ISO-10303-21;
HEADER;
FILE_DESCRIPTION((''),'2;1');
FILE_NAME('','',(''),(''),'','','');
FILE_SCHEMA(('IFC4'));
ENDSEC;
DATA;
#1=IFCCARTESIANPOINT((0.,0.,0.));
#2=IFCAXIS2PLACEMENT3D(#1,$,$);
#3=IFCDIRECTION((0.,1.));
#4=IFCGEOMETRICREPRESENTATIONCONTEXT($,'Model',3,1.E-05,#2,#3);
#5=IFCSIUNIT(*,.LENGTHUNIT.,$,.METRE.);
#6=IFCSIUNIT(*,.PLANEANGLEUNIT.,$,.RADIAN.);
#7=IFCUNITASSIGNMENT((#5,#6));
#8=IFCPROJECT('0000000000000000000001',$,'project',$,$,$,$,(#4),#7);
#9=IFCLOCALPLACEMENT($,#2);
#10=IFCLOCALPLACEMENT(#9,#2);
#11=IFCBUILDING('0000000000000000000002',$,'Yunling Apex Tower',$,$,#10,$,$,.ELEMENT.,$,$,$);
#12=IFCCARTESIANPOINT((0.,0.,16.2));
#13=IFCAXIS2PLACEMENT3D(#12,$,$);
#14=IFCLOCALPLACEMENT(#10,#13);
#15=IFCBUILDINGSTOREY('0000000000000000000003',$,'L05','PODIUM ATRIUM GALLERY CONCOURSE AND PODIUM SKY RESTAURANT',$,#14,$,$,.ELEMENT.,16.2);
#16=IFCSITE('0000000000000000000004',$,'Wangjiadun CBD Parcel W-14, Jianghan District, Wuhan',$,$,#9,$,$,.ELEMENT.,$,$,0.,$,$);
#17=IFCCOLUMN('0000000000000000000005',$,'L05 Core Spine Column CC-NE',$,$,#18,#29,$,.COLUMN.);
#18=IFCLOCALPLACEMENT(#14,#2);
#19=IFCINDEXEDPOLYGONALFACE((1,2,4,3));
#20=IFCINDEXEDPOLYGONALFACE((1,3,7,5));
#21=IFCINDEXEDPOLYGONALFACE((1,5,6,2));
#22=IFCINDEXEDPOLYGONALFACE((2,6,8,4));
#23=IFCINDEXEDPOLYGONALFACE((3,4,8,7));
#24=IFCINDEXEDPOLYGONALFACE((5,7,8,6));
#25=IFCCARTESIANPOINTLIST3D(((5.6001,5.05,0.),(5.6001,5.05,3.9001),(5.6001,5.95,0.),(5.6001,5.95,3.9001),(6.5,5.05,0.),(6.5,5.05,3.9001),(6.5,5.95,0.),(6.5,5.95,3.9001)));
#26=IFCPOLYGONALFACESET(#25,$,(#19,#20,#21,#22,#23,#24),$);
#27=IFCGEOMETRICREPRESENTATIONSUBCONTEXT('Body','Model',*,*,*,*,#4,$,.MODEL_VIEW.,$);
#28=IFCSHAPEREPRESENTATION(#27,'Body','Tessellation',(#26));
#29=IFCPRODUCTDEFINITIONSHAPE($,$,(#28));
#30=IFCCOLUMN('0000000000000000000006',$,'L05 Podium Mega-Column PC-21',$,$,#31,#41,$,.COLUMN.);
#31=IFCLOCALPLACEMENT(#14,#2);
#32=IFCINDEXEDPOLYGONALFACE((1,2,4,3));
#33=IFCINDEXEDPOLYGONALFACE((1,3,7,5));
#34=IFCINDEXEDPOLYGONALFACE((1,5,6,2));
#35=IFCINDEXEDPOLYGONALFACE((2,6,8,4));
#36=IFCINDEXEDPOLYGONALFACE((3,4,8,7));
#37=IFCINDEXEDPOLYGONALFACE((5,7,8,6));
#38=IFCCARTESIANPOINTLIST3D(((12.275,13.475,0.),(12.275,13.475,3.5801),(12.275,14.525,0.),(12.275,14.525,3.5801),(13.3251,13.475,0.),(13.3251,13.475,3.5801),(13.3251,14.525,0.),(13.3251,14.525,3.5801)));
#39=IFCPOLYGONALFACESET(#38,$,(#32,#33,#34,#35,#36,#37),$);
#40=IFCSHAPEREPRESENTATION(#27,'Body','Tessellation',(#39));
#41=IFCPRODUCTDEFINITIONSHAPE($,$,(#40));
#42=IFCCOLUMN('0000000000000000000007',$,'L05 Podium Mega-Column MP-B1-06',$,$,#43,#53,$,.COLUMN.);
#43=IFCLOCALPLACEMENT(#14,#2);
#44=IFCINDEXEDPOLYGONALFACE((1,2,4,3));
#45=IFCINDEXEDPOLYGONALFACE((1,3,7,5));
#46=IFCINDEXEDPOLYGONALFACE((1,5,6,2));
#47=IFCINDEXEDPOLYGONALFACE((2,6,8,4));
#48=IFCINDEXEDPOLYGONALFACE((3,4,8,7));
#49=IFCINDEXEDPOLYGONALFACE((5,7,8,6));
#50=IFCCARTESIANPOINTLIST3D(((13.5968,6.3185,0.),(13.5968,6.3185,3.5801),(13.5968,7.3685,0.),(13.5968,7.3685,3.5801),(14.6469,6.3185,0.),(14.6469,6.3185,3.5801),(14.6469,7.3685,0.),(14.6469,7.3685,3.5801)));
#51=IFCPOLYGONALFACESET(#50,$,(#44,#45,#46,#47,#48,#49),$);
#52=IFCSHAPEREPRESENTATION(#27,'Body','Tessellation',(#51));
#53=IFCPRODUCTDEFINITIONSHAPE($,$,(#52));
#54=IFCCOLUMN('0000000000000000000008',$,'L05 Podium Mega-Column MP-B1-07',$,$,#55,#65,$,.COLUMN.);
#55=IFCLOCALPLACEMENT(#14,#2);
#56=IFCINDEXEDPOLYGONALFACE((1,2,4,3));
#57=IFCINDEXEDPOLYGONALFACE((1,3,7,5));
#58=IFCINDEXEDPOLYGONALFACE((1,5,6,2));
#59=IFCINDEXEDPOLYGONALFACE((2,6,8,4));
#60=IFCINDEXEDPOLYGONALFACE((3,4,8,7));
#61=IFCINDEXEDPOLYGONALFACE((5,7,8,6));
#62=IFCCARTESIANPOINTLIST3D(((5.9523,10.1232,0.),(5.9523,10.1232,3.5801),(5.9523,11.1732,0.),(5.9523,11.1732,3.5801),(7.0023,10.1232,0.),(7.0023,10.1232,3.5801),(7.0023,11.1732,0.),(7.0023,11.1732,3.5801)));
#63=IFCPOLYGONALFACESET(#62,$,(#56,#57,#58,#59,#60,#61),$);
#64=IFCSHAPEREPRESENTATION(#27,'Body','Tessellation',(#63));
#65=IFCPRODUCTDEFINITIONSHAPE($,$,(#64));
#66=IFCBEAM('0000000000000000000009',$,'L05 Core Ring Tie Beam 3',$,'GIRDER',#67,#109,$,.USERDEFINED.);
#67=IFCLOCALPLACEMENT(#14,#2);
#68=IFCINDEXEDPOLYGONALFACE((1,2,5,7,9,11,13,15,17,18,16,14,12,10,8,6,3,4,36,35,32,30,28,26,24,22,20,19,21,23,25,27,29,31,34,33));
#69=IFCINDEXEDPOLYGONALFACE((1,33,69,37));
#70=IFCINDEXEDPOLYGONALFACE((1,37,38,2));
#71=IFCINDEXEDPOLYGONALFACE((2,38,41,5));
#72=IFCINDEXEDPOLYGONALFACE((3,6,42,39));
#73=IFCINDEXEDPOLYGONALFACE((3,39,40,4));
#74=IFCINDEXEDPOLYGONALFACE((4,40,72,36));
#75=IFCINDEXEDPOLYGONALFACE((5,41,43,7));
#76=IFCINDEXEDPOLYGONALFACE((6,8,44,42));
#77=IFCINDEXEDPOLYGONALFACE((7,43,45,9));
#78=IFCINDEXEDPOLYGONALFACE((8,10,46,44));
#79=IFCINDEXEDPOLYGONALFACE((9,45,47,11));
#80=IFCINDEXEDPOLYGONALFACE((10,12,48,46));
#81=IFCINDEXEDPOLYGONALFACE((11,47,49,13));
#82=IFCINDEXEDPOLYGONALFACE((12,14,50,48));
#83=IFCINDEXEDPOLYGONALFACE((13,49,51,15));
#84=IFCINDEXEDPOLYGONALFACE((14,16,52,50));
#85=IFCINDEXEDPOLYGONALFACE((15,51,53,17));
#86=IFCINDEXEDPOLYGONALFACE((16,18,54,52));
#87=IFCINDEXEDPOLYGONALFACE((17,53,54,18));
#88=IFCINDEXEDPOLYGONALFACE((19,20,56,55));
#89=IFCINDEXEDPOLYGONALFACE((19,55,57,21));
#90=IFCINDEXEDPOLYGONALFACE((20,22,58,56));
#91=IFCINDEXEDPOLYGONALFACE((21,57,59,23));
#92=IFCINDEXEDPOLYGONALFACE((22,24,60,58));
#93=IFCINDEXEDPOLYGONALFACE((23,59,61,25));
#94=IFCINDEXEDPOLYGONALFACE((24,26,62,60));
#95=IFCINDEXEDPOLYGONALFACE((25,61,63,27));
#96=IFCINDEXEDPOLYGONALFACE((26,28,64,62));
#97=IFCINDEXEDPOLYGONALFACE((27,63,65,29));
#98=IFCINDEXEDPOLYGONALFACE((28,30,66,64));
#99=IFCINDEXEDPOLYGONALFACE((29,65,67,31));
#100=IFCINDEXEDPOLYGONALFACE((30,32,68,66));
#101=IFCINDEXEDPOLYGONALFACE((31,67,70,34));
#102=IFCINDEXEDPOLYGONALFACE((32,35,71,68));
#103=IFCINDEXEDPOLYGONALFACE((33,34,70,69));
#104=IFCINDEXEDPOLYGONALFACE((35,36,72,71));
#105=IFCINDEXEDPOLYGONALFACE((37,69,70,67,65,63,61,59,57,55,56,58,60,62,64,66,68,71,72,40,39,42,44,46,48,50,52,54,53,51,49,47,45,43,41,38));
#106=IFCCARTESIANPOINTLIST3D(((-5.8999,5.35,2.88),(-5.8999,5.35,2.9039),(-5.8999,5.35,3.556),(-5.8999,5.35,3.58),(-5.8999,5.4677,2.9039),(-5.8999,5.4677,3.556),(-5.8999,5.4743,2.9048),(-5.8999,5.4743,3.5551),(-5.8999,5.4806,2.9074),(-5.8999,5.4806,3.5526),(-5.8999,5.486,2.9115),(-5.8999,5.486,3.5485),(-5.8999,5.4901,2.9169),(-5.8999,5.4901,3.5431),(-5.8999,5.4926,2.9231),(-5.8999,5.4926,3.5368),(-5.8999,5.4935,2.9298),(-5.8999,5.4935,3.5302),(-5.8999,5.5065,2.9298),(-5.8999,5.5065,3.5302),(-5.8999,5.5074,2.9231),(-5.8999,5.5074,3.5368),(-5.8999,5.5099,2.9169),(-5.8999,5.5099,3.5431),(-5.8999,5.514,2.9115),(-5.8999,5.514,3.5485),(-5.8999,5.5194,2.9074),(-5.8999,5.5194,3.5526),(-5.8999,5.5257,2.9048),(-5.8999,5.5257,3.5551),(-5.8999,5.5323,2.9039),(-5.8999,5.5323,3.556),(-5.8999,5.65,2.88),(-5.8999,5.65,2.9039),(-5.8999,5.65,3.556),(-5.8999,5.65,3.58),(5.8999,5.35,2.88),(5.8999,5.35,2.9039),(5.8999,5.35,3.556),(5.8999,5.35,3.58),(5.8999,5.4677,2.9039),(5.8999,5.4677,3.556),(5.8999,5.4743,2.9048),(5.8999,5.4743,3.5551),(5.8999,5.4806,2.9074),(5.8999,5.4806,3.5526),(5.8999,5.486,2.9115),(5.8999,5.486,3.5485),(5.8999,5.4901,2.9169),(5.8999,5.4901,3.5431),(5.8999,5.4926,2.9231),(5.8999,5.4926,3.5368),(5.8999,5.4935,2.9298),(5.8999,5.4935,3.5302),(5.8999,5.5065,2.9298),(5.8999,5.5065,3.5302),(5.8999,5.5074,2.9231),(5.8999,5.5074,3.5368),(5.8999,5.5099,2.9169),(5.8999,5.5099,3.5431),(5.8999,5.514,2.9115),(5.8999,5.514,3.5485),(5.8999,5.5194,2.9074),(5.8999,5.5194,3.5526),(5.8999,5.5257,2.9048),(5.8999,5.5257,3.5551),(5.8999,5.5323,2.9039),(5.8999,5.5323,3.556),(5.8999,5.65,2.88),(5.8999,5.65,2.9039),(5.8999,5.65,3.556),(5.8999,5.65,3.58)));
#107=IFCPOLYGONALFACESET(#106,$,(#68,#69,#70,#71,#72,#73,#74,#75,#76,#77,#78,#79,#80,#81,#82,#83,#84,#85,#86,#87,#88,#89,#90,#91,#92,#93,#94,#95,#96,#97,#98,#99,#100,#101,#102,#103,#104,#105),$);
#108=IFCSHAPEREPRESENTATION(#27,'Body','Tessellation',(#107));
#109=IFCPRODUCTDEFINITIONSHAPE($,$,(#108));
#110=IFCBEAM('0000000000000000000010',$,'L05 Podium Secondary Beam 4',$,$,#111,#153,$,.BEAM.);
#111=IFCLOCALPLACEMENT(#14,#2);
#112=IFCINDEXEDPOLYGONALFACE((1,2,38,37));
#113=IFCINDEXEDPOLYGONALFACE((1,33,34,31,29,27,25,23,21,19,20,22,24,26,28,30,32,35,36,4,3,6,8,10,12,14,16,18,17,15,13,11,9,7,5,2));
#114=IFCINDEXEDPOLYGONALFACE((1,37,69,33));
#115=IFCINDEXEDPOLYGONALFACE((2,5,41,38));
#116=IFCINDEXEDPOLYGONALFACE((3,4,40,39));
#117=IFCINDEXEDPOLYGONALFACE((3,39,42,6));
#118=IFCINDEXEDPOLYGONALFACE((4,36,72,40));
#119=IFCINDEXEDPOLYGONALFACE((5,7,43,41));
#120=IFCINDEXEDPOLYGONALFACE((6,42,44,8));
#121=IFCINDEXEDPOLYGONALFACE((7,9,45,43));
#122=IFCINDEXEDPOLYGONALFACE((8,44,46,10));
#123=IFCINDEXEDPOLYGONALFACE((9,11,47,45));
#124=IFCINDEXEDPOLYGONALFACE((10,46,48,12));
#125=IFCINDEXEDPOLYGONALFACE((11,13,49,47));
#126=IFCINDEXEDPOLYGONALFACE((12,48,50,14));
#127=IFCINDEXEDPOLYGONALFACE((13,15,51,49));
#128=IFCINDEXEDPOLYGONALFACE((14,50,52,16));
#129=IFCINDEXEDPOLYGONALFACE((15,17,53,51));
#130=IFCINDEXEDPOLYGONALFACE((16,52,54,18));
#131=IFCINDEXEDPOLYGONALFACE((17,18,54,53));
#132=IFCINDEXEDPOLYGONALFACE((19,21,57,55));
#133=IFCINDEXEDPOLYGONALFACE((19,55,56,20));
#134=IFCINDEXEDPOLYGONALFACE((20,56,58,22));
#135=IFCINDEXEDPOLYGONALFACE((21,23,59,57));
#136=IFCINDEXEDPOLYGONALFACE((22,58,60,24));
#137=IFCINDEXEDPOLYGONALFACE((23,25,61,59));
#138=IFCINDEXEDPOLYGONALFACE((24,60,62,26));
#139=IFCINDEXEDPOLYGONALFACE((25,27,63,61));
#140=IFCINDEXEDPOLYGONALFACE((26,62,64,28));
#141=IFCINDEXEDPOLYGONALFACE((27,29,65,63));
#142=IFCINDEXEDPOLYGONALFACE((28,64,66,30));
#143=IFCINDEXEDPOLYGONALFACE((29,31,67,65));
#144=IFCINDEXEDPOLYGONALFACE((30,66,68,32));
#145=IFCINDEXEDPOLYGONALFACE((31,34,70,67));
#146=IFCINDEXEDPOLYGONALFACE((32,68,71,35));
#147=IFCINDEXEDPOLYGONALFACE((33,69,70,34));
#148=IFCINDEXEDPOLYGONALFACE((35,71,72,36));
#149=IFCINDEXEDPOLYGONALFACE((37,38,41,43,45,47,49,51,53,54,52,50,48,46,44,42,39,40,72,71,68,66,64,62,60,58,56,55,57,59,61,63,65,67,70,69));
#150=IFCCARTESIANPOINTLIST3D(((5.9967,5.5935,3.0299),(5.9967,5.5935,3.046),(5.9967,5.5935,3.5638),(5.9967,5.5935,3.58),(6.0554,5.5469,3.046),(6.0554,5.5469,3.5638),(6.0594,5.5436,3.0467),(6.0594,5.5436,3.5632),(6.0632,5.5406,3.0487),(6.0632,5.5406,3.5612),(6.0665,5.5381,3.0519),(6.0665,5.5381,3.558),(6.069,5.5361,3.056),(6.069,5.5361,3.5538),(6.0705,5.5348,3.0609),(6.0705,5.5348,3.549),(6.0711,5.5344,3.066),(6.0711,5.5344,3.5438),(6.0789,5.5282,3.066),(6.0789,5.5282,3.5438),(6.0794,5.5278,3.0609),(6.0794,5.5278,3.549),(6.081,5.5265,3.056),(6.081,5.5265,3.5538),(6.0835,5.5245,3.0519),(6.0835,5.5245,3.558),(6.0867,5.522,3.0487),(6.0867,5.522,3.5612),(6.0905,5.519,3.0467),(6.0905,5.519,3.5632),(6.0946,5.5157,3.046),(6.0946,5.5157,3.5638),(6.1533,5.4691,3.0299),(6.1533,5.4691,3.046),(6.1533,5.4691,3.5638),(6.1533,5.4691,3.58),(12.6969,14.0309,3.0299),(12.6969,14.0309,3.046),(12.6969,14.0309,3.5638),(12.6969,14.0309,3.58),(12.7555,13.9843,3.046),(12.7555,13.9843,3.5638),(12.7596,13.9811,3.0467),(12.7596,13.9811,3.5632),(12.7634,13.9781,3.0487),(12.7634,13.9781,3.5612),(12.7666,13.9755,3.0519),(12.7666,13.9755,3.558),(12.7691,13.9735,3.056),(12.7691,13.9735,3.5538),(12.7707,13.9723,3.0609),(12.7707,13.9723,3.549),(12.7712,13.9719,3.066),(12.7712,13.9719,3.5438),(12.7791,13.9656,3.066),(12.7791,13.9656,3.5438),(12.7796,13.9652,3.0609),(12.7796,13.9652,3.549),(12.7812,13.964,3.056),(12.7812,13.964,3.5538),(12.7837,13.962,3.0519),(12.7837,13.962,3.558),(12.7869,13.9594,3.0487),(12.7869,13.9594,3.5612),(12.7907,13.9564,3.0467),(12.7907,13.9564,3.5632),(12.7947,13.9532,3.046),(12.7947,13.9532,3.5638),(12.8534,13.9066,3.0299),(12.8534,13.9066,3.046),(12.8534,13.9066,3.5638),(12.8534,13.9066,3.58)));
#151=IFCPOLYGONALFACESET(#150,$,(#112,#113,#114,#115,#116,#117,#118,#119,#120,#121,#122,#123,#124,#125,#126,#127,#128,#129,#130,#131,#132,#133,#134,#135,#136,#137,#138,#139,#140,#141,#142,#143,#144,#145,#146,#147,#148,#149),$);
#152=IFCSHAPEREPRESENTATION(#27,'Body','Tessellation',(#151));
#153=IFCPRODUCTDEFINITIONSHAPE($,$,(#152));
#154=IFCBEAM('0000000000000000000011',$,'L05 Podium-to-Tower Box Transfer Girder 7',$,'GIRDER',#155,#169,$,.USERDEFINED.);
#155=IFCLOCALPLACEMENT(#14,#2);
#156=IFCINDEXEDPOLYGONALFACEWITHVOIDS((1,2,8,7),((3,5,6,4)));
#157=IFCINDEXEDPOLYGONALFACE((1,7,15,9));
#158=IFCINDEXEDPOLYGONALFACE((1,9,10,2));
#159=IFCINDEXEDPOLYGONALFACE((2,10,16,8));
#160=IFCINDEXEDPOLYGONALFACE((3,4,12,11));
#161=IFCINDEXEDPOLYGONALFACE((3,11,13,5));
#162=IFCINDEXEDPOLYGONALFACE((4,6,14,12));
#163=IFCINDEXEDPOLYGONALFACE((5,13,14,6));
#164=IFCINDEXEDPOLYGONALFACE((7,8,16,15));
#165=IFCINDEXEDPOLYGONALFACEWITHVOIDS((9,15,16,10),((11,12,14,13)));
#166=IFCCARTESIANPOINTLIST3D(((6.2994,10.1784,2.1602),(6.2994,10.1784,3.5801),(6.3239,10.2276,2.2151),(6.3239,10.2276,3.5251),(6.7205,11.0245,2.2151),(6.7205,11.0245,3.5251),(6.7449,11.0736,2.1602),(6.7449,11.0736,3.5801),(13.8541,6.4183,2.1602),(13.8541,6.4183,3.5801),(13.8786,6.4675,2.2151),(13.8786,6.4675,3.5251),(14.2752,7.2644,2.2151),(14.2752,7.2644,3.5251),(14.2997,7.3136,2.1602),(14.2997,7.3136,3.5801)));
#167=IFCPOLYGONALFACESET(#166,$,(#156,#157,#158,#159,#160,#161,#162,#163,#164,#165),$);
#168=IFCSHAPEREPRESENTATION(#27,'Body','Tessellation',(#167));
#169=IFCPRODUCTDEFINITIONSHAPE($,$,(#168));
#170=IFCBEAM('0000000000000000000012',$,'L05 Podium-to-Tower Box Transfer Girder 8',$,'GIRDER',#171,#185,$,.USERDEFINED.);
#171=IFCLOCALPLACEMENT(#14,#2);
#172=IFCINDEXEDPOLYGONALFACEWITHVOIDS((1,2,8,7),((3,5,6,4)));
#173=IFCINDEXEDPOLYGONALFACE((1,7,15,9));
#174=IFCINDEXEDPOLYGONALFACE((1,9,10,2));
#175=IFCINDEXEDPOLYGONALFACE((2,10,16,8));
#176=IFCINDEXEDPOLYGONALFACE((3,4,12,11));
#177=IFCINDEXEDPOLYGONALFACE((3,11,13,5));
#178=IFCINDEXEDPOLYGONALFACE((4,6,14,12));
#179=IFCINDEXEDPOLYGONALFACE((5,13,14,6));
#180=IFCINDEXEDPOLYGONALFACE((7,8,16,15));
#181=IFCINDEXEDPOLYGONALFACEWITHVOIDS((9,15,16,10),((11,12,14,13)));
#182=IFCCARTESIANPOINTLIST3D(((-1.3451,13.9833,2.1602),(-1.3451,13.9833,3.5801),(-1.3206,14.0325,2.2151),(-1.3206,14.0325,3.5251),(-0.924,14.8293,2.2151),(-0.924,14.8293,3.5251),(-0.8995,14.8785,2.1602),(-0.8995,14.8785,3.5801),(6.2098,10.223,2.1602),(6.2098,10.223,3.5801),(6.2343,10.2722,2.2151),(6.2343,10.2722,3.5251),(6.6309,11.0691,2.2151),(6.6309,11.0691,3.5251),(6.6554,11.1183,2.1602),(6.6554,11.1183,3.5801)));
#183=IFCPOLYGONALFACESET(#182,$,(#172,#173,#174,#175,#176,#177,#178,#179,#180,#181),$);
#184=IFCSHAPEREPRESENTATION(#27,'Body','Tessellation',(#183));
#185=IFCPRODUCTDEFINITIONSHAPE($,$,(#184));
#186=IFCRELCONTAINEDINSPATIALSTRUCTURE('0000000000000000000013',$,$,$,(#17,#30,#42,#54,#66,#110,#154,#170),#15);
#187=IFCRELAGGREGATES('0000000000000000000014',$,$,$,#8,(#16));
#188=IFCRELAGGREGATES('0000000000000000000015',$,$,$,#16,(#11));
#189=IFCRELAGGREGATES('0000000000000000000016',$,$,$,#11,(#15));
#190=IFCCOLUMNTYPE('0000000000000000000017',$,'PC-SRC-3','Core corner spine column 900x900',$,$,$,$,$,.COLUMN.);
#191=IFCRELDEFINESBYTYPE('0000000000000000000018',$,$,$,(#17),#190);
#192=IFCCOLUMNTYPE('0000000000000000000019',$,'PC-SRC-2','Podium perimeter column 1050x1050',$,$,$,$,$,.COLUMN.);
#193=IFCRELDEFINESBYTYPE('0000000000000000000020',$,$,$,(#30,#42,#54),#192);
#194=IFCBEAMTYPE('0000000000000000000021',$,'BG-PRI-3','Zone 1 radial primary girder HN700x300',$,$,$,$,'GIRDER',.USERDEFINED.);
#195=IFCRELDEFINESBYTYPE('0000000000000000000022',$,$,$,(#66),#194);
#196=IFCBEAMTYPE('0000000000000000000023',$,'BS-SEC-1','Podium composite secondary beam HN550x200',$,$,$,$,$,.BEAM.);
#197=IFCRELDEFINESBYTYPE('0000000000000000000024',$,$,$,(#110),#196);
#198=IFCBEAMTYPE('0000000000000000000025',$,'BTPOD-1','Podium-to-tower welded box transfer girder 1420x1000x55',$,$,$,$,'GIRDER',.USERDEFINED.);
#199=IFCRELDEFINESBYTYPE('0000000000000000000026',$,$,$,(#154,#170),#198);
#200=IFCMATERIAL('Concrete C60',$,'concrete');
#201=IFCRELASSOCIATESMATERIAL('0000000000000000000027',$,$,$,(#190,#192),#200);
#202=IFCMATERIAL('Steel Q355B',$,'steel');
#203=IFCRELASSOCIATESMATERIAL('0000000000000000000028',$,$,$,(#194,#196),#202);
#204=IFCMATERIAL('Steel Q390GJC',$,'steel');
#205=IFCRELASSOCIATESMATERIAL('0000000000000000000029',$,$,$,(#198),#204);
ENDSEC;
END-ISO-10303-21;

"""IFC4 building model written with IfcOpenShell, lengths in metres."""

from ifc_helpers import new_model, si_unit, direction, frame, origin, origin_2d, place, context, subcontext, project, spatial, rectangle, hollow_rectangle, i_section, extrude, source, transform, mapped, material, material_profile, profile_set, type_object, element, save


model = new_model("IFC4")

# Units and contexts
model_context = context("Model", 3, precision=1e-05, world=origin(), true_north=direction((0.0, 1.0)))
body_context = subcontext(model_context, "Body", "Model", "MODEL_VIEW")
ifc_project = project(units=[si_unit("LENGTHUNIT", "METRE"), si_unit("PLANEANGLEUNIT", "RADIAN")], contexts=[model_context])

# Site, building, storey
site_placement = place(None, origin())
site = spatial("IfcSite", under=ifc_project, at=site_placement, Name="Wangjiadun CBD Parcel W-14, Jianghan District, Wuhan", CompositionType="ELEMENT", RefElevation=0.0)
building_placement = place(site_placement, origin())
building = spatial("IfcBuilding", under=site, at=building_placement, Name="Yunling Apex Tower", CompositionType="ELEMENT")
storey_placement = place(building_placement, frame((0.0, 0.0, 16.2)))
storey = spatial("IfcBuildingStorey", under=building, at=storey_placement, Name="L05", Description="PODIUM ATRIUM GALLERY CONCOURSE AND PODIUM SKY RESTAURANT", CompositionType="ELEMENT", Elevation=16.2)

# Columns
ifc_material_1 = material(Name="Concrete C60", Category="concrete")
ifc_material_profile_1 = material_profile(ifc_material_1, rectangle(XDim=0.8999, YDim=0.8999, at=origin_2d()))
ifc_profile_set_1 = profile_set([ifc_material_profile_1], Name="Concrete C60")
column_type_1 = type_object("IfcColumnType", Name="PC-SRC-3", Description="Core corner spine column 900x900", PredefinedType="COLUMN", material=ifc_profile_set_1)
shared_shape_1 = source(origin(), body_context, "Body", "SweptSolid", [
    extrude(rectangle(XDim=0.8999, YDim=0.8999, at=origin_2d()), origin(), (0.0, 0.0, 1.0), 3.9001),
])
column_placement = place(storey_placement, frame((6.05, 5.5, 0.0), z_axis=(0.0, 0.0, 1.0), x_axis=(1.0, 0.0, 0.0)))
element("IfcColumn", 1, at=column_placement, inside=storey, type_object=column_type_1, Name="L05 Core Spine Column CC-NE", PredefinedType="COLUMN", context=body_context, shape_type="MappedRepresentation", body=[
    mapped(shared_shape_1, transform((0.0, 0.0, 0.0), scale=1.0)),
])
ifc_material_profile_2 = material_profile(ifc_material_1, rectangle(XDim=1.05, YDim=1.05, at=origin_2d()))
ifc_profile_set_2 = profile_set([ifc_material_profile_2], Name="Concrete C60")
column_type_2 = type_object("IfcColumnType", Name="PC-SRC-2", Description="Podium perimeter column 1050x1050", PredefinedType="COLUMN", material=ifc_profile_set_2)
shared_shape_2 = source(origin(), body_context, "Body", "SweptSolid", [
    extrude(rectangle(XDim=1.05, YDim=1.05, at=origin_2d()), origin(), (0.0, 0.0, 1.0), 3.5801),
])
for number, where, z_axis, x_axis, name in (
    (2, (12.8, 14.0, 0.0), (0.0, 0.0, 1.0), (1.0, 0.0, 0.0), "L05 Podium Mega-Column PC-21"),
    (3, (14.1218, 6.8435, 0.0), (0.0, 0.0, 1.0), (1.0, 0.0, 0.0), "L05 Podium Mega-Column MP-B1-06"),
    (4, (6.4773, 10.6482, 0.0), (0.0, 0.0, 1.0), (1.0, 0.0, 0.0), "L05 Podium Mega-Column MP-B1-07"),
):
    element("IfcColumn", number, at=place(storey_placement, frame(where, z_axis=z_axis, x_axis=x_axis)), inside=storey, type_object=column_type_2, Name=name, PredefinedType="COLUMN", context=body_context, shape_type="MappedRepresentation", body=[
        mapped(shared_shape_2, transform((0.0, 0.0, 0.0), scale=1.0)),
    ])

# Beams
ifc_material_2 = material(Name="Steel Q355B", Category="steel")
ifc_material_profile_3 = material_profile(ifc_material_2, i_section(OverallWidth=0.3, OverallDepth=0.7, WebThickness=0.0129, FlangeThickness=0.0239, FilletRadius=0.0259, at=origin_2d()))
ifc_profile_set_3 = profile_set([ifc_material_profile_3], Name="Steel Q355B")
beam_type_1 = type_object("IfcBeamType", Name="BG-PRI-3", Description="Zone 1 radial primary girder HN700x300", ElementType="GIRDER", PredefinedType="USERDEFINED", material=ifc_profile_set_3)
shared_shape_3 = source(origin(), body_context, "Body", "SweptSolid", [
    extrude(i_section(OverallWidth=0.3, OverallDepth=0.7, WebThickness=0.0129, FlangeThickness=0.0239, FilletRadius=0.0259, at=origin_2d()), origin(), (0.0, 0.0, 1.0), 11.7998),
])
beam_1_placement = place(storey_placement, frame((5.8999, 5.5, 3.23), z_axis=(-1.0, 0.0, 0.0), x_axis=(0.0, -1.0, 0.0)))
element("IfcBeam", 5, at=beam_1_placement, inside=storey, type_object=beam_type_1, Name="L05 Core Ring Tie Beam 3", ObjectType="GIRDER", PredefinedType="USERDEFINED", context=body_context, shape_type="MappedRepresentation", body=[
    mapped(shared_shape_3, transform((0.0, 0.0, 0.0), scale=1.0)),
])
ifc_material_profile_4 = material_profile(ifc_material_2, i_section(OverallWidth=0.2, OverallDepth=0.55, WebThickness=0.01, FlangeThickness=0.0161, FilletRadius=0.02, at=origin_2d()))
ifc_profile_set_4 = profile_set([ifc_material_profile_4], Name="Steel Q355B")
beam_type_2 = type_object("IfcBeamType", Name="BS-SEC-1", Description="Podium composite secondary beam HN550x200", PredefinedType="BEAM", material=ifc_profile_set_4)
shared_shape_4 = source(origin(), body_context, "Body", "SweptSolid", [
    extrude(i_section(OverallWidth=0.2, OverallDepth=0.55, WebThickness=0.01, FlangeThickness=0.0161, FilletRadius=0.02, at=origin_2d()), origin(), (0.0, 0.0, 1.0), 10.7742),
])
beam_2_placement = place(storey_placement, frame((12.7751, 13.9688, 3.3049), z_axis=(-0.621872, -0.783119, 0.0), x_axis=(0.783119, -0.621872, 0.0)))
element("IfcBeam", 6, at=beam_2_placement, inside=storey, type_object=beam_type_2, Name="L05 Podium Secondary Beam 4", PredefinedType="BEAM", context=body_context, shape_type="MappedRepresentation", body=[
    mapped(shared_shape_4, transform((0.0, 0.0, 0.0), scale=1.0)),
])
ifc_material_3 = material(Name="Steel Q390GJC", Category="steel")
ifc_material_profile_5 = material_profile(ifc_material_3, hollow_rectangle(XDim=1.0, YDim=1.4199, WallThickness=0.0549, at=origin_2d()))
ifc_profile_set_5 = profile_set([ifc_material_profile_5], Name="Steel Q390GJC")
beam_type_3 = type_object("IfcBeamType", Name="BTPOD-1", Description="Podium-to-tower welded box transfer girder 1420x1000x55", ElementType="GIRDER", PredefinedType="USERDEFINED", material=ifc_profile_set_5)
shared_shape_5 = source(origin(), body_context, "Body", "SweptSolid", [
    extrude(hollow_rectangle(XDim=1.0, YDim=1.4199, WallThickness=0.0549, at=origin_2d()), origin(), (0.0, 0.0, 1.0), 8.4387),
])
beam_3_placement = place(storey_placement, frame((14.0769, 6.866, 2.8701), z_axis=(-0.895247, 0.44557, 0.0), x_axis=(-0.44557, -0.895247, 0.0)))
element("IfcBeam", 7, at=beam_3_placement, inside=storey, type_object=beam_type_3, Name="L05 Podium-to-Tower Box Transfer Girder 7", ObjectType="GIRDER", PredefinedType="USERDEFINED", context=body_context, shape_type="MappedRepresentation", body=[
    mapped(shared_shape_5, transform((0.0, 0.0, 0.0), scale=1.0)),
])
shared_shape_6 = source(origin(), body_context, "Body", "SweptSolid", [
    extrude(hollow_rectangle(XDim=1.0, YDim=1.4199, WallThickness=0.0549, at=origin_2d()), origin(), (0.0, 0.0, 1.0), 8.439),
])
beam_4_placement = place(storey_placement, frame((6.4326, 10.6707, 2.8701), z_axis=(-0.895242, 0.445581, 0.0), x_axis=(-0.445581, -0.895242, 0.0)))
element("IfcBeam", 8, at=beam_4_placement, inside=storey, type_object=beam_type_3, Name="L05 Podium-to-Tower Box Transfer Girder 8", ObjectType="GIRDER", PredefinedType="USERDEFINED", context=body_context, shape_type="MappedRepresentation", body=[
    mapped(shared_shape_6, transform((0.0, 0.0, 0.0), scale=1.0)),
])

save(model, "model.ifc")
